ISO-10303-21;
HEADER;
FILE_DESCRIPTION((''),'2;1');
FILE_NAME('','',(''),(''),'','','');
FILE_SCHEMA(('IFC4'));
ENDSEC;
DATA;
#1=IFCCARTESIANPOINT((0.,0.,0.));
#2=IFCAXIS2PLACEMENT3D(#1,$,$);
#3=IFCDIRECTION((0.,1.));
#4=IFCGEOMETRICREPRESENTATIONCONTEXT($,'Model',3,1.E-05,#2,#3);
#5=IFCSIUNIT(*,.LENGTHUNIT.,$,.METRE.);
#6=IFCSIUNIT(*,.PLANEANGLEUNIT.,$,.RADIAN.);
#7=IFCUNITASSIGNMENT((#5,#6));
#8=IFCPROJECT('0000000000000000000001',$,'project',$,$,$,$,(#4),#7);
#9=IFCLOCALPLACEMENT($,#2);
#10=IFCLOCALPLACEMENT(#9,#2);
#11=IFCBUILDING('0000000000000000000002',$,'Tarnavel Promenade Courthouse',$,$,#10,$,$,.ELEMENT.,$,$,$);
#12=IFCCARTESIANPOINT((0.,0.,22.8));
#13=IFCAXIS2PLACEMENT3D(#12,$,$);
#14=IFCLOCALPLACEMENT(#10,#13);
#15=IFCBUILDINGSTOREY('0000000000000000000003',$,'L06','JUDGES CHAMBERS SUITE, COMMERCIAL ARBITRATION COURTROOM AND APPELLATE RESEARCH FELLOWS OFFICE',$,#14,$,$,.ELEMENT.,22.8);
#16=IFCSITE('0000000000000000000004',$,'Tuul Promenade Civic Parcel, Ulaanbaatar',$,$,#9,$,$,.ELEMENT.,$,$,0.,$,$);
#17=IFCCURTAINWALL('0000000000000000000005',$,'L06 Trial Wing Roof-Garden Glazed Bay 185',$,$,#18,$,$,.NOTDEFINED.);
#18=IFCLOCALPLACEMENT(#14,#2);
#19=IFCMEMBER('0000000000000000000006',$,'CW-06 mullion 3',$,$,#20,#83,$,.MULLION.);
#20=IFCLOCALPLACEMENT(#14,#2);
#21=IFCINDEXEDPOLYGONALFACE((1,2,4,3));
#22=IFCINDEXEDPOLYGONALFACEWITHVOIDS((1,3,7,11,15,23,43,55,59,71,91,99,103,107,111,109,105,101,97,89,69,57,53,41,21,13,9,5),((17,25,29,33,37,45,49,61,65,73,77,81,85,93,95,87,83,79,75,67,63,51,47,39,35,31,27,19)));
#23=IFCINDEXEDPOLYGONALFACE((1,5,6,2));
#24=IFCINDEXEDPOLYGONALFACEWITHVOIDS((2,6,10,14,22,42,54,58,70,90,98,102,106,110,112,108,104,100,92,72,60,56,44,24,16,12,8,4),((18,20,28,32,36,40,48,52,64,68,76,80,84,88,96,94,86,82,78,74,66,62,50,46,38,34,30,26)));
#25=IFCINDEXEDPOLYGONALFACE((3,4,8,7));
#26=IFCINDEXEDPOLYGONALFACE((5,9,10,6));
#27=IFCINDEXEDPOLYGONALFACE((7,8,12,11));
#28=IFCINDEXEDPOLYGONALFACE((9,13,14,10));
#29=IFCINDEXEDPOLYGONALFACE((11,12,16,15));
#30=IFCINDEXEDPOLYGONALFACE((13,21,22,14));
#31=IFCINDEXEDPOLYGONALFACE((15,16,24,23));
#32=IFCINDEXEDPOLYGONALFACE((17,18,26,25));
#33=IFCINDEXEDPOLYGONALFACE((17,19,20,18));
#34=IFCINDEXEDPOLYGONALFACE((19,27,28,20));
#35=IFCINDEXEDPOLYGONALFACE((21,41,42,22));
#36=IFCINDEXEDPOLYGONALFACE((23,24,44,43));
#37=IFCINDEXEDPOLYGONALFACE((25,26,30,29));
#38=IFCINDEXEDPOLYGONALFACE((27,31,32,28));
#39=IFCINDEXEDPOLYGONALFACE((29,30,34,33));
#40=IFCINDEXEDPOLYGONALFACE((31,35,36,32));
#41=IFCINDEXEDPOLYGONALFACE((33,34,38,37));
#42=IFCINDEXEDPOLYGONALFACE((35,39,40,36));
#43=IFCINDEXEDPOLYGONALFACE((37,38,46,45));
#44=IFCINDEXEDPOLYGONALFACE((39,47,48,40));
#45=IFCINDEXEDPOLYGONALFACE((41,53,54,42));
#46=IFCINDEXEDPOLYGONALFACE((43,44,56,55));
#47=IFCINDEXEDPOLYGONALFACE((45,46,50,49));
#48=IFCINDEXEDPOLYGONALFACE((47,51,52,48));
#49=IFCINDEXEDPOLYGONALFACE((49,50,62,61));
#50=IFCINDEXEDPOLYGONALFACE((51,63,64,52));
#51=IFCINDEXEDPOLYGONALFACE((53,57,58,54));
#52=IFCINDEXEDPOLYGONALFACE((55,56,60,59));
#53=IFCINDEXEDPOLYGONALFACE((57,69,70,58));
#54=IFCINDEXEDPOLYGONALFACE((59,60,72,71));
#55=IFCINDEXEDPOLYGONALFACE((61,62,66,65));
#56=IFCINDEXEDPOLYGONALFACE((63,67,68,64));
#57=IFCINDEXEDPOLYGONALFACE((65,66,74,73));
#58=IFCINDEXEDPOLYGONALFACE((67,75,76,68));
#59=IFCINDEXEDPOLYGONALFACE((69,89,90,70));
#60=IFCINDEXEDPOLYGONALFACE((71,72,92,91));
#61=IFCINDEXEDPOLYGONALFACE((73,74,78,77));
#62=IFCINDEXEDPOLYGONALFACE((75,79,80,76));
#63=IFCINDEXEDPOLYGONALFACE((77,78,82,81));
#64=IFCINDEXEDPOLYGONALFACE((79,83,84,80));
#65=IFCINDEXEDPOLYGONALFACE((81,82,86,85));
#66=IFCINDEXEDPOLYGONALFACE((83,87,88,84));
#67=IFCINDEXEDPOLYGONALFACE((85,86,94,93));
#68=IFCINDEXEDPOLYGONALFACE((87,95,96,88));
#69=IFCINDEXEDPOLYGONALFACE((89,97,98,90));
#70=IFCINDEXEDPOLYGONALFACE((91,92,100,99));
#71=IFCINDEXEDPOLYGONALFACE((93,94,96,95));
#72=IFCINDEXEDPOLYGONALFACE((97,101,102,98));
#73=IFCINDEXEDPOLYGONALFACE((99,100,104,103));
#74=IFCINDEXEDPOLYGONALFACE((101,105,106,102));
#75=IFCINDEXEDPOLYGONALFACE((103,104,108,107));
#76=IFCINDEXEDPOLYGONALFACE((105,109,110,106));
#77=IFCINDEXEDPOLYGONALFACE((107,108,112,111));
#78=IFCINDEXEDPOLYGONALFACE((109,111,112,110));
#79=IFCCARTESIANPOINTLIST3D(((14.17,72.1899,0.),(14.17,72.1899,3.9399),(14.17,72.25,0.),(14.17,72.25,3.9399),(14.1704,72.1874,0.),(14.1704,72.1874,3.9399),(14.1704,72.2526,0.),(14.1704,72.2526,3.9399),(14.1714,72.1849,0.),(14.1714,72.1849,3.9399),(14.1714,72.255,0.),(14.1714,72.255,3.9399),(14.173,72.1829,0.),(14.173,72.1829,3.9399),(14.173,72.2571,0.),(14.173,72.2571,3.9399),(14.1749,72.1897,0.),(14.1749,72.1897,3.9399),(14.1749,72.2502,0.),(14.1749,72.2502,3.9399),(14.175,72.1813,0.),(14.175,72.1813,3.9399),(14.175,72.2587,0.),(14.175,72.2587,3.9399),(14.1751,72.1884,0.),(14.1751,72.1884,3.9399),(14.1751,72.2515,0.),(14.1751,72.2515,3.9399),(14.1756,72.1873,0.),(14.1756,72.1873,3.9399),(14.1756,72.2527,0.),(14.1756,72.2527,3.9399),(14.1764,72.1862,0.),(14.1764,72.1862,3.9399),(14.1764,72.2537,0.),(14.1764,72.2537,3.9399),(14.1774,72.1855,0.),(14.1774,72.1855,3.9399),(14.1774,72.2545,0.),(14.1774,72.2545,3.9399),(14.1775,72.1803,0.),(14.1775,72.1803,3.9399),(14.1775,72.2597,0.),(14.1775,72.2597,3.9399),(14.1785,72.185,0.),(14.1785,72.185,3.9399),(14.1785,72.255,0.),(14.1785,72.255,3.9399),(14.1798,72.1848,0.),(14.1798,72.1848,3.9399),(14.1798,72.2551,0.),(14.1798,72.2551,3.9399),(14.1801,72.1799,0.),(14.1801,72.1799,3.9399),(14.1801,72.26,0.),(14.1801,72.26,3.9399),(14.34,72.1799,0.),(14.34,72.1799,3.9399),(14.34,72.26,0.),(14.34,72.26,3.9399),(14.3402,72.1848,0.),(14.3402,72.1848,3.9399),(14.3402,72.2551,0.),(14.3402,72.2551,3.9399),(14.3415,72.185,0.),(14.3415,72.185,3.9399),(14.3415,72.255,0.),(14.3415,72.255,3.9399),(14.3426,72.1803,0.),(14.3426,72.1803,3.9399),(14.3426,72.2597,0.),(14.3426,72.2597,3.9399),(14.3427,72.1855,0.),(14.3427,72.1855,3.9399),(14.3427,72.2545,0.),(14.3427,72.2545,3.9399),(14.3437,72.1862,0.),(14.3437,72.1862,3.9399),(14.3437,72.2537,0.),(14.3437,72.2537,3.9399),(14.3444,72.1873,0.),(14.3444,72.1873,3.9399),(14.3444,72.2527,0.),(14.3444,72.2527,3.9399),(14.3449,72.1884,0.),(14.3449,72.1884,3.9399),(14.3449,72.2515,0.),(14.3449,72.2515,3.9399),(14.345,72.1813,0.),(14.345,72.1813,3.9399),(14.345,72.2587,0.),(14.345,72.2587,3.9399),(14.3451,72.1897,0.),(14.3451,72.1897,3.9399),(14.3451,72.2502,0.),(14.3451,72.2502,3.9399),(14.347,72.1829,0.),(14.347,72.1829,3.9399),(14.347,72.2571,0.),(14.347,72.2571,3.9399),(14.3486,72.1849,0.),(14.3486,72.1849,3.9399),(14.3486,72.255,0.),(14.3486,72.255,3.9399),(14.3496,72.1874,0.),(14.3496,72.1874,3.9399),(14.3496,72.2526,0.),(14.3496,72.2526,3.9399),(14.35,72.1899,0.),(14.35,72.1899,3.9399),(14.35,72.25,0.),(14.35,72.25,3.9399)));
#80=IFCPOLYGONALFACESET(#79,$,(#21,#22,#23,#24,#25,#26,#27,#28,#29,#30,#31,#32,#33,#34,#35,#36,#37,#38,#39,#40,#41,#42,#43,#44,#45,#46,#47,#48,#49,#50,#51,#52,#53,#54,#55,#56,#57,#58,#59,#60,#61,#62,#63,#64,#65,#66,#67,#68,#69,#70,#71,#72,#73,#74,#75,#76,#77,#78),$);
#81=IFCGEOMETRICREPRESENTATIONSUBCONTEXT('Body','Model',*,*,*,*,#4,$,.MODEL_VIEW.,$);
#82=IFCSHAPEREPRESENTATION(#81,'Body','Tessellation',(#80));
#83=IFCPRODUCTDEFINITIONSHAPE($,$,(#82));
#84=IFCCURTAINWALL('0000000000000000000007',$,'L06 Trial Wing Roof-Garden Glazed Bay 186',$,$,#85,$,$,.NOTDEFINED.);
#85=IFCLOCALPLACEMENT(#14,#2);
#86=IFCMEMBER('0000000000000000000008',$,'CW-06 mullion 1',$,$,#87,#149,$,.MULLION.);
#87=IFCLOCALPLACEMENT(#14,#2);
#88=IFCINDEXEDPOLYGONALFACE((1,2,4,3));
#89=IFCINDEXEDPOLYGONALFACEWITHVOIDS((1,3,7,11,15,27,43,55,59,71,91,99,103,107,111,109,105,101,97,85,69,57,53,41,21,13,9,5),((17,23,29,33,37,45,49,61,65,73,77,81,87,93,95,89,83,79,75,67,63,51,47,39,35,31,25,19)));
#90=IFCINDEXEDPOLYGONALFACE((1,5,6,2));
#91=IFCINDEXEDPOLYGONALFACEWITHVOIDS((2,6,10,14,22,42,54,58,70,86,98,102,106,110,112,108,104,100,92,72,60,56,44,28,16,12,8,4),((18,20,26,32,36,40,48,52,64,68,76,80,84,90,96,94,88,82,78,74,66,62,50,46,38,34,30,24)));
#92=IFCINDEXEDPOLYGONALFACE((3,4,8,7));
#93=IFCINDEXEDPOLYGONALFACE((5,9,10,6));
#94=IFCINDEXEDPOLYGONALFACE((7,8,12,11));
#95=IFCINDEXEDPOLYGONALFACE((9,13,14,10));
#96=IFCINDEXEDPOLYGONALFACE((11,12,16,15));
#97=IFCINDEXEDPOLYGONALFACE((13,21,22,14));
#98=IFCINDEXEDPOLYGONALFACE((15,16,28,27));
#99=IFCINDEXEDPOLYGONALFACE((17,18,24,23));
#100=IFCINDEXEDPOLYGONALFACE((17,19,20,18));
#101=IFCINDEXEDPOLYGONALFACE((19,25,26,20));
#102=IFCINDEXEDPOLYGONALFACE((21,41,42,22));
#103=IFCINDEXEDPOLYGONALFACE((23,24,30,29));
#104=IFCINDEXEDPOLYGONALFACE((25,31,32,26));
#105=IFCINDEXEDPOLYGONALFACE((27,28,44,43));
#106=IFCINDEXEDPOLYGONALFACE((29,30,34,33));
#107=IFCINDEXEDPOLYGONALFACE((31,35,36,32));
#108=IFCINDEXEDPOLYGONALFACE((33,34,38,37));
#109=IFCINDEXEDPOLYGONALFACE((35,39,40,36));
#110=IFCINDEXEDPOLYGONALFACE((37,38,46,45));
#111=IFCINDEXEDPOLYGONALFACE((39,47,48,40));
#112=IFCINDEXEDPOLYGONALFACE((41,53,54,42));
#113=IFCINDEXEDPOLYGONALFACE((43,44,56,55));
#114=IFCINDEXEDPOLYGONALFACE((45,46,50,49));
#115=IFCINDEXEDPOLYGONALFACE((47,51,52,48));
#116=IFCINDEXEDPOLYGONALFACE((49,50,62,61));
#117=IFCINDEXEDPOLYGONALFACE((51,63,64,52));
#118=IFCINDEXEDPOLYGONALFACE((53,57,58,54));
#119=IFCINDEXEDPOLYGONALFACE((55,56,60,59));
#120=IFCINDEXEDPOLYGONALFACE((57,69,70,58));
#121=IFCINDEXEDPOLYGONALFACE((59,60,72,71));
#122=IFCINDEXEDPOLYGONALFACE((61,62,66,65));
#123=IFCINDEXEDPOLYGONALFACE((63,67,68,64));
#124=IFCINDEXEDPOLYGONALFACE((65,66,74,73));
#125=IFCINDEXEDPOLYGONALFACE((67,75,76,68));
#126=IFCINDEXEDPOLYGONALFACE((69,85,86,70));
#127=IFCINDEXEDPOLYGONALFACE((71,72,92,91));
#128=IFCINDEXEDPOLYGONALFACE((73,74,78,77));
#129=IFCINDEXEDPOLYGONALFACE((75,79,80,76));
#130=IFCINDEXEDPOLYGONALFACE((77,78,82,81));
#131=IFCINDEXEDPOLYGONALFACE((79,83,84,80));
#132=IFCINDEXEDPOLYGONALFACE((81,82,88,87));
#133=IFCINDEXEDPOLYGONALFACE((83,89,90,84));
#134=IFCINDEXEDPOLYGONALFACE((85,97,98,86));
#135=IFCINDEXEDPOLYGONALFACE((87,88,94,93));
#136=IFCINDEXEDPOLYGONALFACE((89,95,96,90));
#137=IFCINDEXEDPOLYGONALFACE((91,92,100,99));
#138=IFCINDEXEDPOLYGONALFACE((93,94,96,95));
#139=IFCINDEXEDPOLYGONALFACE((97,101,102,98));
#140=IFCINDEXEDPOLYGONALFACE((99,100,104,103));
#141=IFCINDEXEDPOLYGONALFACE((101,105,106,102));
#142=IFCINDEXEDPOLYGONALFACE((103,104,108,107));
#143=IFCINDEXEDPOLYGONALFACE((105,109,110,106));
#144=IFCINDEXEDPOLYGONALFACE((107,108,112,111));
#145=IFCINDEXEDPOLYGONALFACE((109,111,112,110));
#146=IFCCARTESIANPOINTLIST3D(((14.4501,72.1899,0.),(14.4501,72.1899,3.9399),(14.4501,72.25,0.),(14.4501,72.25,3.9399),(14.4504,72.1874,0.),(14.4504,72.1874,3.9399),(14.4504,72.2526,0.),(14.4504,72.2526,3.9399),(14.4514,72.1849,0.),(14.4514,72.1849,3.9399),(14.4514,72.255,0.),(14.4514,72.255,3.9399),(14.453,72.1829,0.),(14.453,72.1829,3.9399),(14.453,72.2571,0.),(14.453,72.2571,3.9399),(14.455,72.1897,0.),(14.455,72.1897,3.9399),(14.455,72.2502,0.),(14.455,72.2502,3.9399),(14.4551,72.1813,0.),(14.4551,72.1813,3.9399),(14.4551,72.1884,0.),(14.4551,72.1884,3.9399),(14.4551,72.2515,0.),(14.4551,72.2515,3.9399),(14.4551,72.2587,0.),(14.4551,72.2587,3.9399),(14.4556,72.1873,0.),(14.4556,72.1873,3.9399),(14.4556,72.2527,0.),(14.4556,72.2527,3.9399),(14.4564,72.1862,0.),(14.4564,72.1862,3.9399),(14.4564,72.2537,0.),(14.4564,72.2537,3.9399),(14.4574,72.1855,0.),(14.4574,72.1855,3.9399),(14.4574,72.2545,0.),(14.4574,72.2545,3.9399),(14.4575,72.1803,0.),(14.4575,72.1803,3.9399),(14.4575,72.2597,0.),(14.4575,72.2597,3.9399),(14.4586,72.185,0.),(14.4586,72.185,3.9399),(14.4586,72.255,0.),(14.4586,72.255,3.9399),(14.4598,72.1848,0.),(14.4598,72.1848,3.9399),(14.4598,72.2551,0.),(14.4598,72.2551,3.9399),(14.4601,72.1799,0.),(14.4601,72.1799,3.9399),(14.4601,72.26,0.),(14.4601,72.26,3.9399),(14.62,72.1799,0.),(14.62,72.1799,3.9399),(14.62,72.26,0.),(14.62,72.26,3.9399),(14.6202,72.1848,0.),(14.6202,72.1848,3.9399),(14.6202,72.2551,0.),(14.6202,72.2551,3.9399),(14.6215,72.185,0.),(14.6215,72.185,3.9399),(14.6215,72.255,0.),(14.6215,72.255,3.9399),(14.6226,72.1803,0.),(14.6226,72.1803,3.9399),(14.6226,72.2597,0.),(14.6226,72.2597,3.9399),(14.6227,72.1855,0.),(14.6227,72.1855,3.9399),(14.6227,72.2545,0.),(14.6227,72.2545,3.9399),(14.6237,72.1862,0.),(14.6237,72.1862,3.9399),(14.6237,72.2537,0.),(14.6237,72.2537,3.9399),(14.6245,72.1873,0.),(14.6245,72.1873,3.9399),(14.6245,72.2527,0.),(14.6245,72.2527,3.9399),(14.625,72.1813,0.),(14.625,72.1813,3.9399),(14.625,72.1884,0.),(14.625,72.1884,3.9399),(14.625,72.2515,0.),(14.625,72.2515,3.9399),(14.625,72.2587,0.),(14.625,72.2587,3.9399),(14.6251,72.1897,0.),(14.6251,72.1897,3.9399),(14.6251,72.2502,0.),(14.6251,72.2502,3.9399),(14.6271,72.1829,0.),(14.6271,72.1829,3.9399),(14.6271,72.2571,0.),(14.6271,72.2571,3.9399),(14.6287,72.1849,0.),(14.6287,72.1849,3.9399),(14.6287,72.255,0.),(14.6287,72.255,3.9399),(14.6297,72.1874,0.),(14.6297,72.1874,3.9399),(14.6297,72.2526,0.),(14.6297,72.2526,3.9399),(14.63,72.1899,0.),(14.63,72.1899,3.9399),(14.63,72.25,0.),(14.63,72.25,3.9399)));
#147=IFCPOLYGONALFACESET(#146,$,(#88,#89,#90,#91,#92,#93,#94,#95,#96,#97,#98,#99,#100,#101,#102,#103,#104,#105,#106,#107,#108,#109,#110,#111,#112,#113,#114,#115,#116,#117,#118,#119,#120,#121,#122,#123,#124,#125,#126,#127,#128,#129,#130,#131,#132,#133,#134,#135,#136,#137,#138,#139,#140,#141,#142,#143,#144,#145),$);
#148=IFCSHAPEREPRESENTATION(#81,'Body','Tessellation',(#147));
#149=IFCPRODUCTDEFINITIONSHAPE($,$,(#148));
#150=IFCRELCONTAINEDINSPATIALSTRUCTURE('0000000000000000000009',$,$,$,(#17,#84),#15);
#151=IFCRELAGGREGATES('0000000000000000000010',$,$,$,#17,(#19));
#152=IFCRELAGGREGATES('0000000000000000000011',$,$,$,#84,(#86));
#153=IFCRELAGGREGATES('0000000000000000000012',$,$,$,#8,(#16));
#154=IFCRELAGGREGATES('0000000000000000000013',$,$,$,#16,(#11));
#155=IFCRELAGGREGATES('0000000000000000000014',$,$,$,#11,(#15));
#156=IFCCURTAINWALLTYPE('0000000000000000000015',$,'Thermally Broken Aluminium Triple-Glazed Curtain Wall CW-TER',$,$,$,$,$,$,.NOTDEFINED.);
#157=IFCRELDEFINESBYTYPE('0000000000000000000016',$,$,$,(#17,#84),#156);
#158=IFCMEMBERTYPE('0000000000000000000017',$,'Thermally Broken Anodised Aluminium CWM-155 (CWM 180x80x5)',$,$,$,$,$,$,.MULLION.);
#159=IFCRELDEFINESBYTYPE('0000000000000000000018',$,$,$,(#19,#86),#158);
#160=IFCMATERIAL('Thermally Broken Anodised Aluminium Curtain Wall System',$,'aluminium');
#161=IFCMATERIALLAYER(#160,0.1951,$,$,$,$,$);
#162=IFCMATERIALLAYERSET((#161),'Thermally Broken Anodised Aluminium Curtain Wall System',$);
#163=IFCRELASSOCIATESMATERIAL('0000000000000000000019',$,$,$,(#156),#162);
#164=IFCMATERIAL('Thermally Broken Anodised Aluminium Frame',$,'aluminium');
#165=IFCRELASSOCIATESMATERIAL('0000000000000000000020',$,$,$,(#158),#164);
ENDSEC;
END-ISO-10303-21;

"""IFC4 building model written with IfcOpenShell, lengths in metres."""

from ifc_helpers import new_model, si_unit, direction, frame, origin, origin_2d, place, context, subcontext, project, spatial, hollow_rectangle, extrude, material, layer, layer_set, material_profile, profile_set, type_object, element, aggregate, save


model = new_model("IFC4")

# Units and contexts
model_context = context("Model", 3, precision=1e-05, world=origin(), true_north=direction((0.0, 1.0)))
body_context = subcontext(model_context, "Body", "Model", "MODEL_VIEW")
ifc_project = project(units=[si_unit("LENGTHUNIT", "METRE"), si_unit("PLANEANGLEUNIT", "RADIAN")], contexts=[model_context])

# Site, building, storey
site_placement = place(None, origin())
site = spatial("IfcSite", under=ifc_project, at=site_placement, Name="Tuul Promenade Civic Parcel, Ulaanbaatar", CompositionType="ELEMENT", RefElevation=0.0)
building_placement = place(site_placement, origin())
building = spatial("IfcBuilding", under=site, at=building_placement, Name="Tarnavel Promenade Courthouse", CompositionType="ELEMENT")
storey_placement = place(building_placement, frame((0.0, 0.0, 22.8)))
storey = spatial("IfcBuildingStorey", under=building, at=storey_placement, Name="L06", Description="JUDGES CHAMBERS SUITE, COMMERCIAL ARBITRATION COURTROOM AND APPELLATE RESEARCH FELLOWS OFFICE", CompositionType="ELEMENT", Elevation=22.8)

# Curtain wall, member
ifc_material_1 = material(Name="Thermally Broken Anodised Aluminium Curtain Wall System", Category="aluminium")
ifc_layer_1 = layer(ifc_material_1, 0.1951)
ifc_layer_set_1 = layer_set([ifc_layer_1], Name="Thermally Broken Anodised Aluminium Curtain Wall System")
curtain_wall_type = type_object("IfcCurtainWallType", Name="Thermally Broken Aluminium Triple-Glazed Curtain Wall CW-TER", PredefinedType="NOTDEFINED", material=ifc_layer_set_1)
curtain_wall_1_placement = place(storey_placement, origin())
curtain_wall_1 = element("IfcCurtainWall", 1, at=curtain_wall_1_placement, inside=storey, type_object=curtain_wall_type, Name="L06 Trial Wing Roof-Garden Glazed Bay 185", PredefinedType="NOTDEFINED")
ifc_material_2 = material(Name="Thermally Broken Anodised Aluminium Frame", Category="aluminium")
ifc_material_profile_1 = material_profile(ifc_material_2, hollow_rectangle(XDim=0.0801, YDim=0.1799, WallThickness=0.0049, InnerFilletRadius=0.0049, OuterFilletRadius=0.01, at=origin_2d()), Name="CWM 180x80x5")
ifc_profile_set_1 = profile_set([ifc_material_profile_1], Name="Thermally Broken Anodised Aluminium Frame")
member_type_1 = type_object("IfcMemberType", Name="Thermally Broken Anodised Aluminium CWM-155 (CWM 180x80x5)", PredefinedType="MULLION", material=ifc_profile_set_1)
member_1_placement = place(storey_placement, frame((14.26, 72.22, 0.0), z_axis=(0.0, 0.0, 1.0), x_axis=(0.0, 1.0, 0.0)))
member_1 = element("IfcMember", 2, at=member_1_placement, type_object=member_type_1, Name="CW-06 mullion 3", PredefinedType="MULLION", context=body_context, shape_type="SweptSolid", body=[
    extrude(hollow_rectangle(XDim=0.0801, YDim=0.1799, WallThickness=0.0049, InnerFilletRadius=0.0049, OuterFilletRadius=0.01, at=origin_2d()), origin(), (0.0, 0.0, 1.0), 3.9399),
])

# Curtain wall, member
curtain_wall_2_placement = place(storey_placement, origin())
curtain_wall_2 = element("IfcCurtainWall", 3, at=curtain_wall_2_placement, inside=storey, type_object=curtain_wall_type, Name="L06 Trial Wing Roof-Garden Glazed Bay 186", PredefinedType="NOTDEFINED")
member_2_placement = place(storey_placement, frame((14.54, 72.22, 0.0), z_axis=(0.0, 0.0, 1.0), x_axis=(0.0, 1.0, 0.0)))
member_2 = element("IfcMember", 4, at=member_2_placement, type_object=member_type_1, Name="CW-06 mullion 1", PredefinedType="MULLION", context=body_context, shape_type="SweptSolid", body=[
    extrude(hollow_rectangle(XDim=0.0801, YDim=0.1799, WallThickness=0.0049, InnerFilletRadius=0.0049, OuterFilletRadius=0.01, at=origin_2d()), origin(), (0.0, 0.0, 1.0), 3.9399),
])

aggregate(curtain_wall_1, [member_1])
aggregate(curtain_wall_2, [member_2])

save(model, "model.ifc")
